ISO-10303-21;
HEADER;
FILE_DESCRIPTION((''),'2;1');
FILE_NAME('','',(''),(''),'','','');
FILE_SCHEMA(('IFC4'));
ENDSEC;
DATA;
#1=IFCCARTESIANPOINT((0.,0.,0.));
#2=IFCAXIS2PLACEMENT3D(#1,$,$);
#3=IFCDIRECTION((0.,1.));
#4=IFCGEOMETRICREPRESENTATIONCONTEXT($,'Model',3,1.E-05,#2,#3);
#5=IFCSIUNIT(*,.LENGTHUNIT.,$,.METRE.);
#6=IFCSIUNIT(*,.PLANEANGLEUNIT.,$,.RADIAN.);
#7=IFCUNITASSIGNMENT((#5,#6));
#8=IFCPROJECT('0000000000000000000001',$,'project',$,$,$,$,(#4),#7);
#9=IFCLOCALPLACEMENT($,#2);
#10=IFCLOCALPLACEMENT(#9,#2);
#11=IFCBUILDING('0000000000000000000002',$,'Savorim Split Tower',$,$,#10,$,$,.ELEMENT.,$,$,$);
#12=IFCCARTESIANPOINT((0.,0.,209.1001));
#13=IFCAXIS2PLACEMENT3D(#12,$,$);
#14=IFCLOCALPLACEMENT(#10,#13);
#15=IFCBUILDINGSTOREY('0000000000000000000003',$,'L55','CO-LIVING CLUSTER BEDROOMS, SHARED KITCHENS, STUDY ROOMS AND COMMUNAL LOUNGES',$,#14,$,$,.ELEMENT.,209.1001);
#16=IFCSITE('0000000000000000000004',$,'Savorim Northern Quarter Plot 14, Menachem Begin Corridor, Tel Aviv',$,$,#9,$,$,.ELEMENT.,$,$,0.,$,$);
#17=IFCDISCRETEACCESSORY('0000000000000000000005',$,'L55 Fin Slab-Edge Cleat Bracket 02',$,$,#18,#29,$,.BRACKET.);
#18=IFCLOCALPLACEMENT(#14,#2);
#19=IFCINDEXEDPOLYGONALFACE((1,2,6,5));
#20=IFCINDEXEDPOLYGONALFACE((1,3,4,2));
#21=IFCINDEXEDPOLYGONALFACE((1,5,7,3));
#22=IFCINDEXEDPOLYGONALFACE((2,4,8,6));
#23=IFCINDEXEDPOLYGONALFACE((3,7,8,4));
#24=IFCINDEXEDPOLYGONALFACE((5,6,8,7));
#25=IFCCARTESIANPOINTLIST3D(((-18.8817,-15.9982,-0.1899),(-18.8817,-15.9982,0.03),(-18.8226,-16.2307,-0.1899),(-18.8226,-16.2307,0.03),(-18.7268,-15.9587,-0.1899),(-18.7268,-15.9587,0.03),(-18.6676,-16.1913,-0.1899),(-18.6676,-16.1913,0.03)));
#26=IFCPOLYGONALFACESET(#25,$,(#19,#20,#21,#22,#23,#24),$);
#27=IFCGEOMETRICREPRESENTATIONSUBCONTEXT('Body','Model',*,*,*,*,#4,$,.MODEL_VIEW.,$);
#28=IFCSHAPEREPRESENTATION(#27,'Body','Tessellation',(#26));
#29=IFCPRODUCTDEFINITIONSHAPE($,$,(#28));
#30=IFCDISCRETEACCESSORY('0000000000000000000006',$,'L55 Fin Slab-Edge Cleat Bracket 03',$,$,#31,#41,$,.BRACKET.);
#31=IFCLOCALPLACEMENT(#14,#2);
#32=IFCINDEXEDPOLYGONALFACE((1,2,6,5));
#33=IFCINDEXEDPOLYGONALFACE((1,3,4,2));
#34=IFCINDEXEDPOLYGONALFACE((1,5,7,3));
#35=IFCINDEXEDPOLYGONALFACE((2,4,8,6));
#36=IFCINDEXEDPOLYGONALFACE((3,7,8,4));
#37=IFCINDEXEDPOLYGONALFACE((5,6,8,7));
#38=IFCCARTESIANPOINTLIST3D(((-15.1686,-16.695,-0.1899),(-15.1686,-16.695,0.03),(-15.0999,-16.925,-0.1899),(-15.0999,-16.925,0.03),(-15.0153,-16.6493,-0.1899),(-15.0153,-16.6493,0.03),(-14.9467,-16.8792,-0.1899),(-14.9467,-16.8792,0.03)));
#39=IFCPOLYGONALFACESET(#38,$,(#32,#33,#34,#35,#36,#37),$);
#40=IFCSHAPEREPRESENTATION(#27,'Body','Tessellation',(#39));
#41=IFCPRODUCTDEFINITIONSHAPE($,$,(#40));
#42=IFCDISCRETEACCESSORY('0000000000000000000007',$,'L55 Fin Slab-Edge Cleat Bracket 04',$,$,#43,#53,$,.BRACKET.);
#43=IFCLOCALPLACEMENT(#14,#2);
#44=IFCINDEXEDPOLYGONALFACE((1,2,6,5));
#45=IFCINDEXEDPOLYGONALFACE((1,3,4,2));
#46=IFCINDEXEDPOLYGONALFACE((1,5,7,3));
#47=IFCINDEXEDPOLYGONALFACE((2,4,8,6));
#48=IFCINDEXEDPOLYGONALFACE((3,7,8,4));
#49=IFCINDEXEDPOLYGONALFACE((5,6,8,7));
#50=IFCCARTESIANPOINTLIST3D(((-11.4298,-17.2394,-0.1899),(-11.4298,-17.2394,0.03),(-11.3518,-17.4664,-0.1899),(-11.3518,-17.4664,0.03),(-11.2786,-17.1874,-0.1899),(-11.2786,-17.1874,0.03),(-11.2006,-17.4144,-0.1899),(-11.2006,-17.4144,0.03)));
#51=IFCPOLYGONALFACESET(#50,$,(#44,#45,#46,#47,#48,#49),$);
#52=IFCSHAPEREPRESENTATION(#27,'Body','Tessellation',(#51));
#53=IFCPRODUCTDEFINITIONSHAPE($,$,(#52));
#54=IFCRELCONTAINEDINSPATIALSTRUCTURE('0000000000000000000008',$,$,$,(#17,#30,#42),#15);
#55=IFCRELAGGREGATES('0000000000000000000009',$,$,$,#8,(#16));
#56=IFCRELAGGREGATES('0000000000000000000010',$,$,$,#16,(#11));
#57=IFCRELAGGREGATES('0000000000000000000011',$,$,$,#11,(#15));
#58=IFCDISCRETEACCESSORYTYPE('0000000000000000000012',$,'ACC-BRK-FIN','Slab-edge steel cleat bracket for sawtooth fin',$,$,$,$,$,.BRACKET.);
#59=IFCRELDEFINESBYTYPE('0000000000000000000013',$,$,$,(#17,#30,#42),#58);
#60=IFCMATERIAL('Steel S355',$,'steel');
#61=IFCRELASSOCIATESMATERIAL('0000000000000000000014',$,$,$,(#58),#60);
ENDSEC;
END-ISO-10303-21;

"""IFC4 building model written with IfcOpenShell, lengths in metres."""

from ifc_helpers import new_model, si_unit, direction, frame, origin, origin_2d, place, context, subcontext, project, spatial, rectangle, extrude, material, type_object, element, save


model = new_model("IFC4")

# Units and contexts
model_context = context("Model", 3, precision=1e-05, world=origin(), true_north=direction((0.0, 1.0)))
body_context = subcontext(model_context, "Body", "Model", "MODEL_VIEW")
ifc_project = project(units=[si_unit("LENGTHUNIT", "METRE"), si_unit("PLANEANGLEUNIT", "RADIAN")], contexts=[model_context])

# Site, building, storey
site_placement = place(None, origin())
site = spatial("IfcSite", under=ifc_project, at=site_placement, Name="Savorim Northern Quarter Plot 14, Menachem Begin Corridor, Tel Aviv", CompositionType="ELEMENT", RefElevation=0.0)
building_placement = place(site_placement, origin())
building = spatial("IfcBuilding", under=site, at=building_placement, Name="Savorim Split Tower", CompositionType="ELEMENT")
storey_placement = place(building_placement, frame((0.0, 0.0, 209.1001)))
storey = spatial("IfcBuildingStorey", under=building, at=storey_placement, Name="L55", Description="CO-LIVING CLUSTER BEDROOMS, SHARED KITCHENS, STUDY ROOMS AND COMMUNAL LOUNGES", CompositionType="ELEMENT", Elevation=209.1001)

# Shared definitions
ifc_material_1 = material(Name="Steel S355", Category="steel")

# Discrete accessories
discrete_accessory_type = type_object("IfcDiscreteAccessoryType", Name="ACC-BRK-FIN", Description="Slab-edge steel cleat bracket for sawtooth fin", PredefinedType="BRACKET", material=ifc_material_1)
for number, where, z_axis, x_axis, name in (
    (1, (-18.7747, -16.0947, -0.1899), (0.0, 0.0, 1.0), (0.246581, -0.969122, 0.0), "L55 Fin Slab-Edge Cleat Bracket 02"),
    (2, (-15.0576, -16.7871, -0.1899), (0.0, 0.0, 1.0), (0.286026, -0.958222, 0.0), "L55 Fin Slab-Edge Cleat Bracket 03"),
    (3, (-11.3152, -17.3269, -0.1899), (0.0, 0.0, 1.0), (0.324994, -0.945716, 0.0), "L55 Fin Slab-Edge Cleat Bracket 04"),
):
    element("IfcDiscreteAccessory", number, at=place(storey_placement, frame(where, z_axis=z_axis, x_axis=x_axis)), inside=storey, type_object=discrete_accessory_type, Name=name, PredefinedType="BRACKET", context=body_context, shape_type="SweptSolid", body=[
        extrude(rectangle(XDim=0.24, YDim=0.1599, at=origin_2d()), origin(), (0.0, 0.0, 1.0), 0.22),
    ])

save(model, "model.ifc")
